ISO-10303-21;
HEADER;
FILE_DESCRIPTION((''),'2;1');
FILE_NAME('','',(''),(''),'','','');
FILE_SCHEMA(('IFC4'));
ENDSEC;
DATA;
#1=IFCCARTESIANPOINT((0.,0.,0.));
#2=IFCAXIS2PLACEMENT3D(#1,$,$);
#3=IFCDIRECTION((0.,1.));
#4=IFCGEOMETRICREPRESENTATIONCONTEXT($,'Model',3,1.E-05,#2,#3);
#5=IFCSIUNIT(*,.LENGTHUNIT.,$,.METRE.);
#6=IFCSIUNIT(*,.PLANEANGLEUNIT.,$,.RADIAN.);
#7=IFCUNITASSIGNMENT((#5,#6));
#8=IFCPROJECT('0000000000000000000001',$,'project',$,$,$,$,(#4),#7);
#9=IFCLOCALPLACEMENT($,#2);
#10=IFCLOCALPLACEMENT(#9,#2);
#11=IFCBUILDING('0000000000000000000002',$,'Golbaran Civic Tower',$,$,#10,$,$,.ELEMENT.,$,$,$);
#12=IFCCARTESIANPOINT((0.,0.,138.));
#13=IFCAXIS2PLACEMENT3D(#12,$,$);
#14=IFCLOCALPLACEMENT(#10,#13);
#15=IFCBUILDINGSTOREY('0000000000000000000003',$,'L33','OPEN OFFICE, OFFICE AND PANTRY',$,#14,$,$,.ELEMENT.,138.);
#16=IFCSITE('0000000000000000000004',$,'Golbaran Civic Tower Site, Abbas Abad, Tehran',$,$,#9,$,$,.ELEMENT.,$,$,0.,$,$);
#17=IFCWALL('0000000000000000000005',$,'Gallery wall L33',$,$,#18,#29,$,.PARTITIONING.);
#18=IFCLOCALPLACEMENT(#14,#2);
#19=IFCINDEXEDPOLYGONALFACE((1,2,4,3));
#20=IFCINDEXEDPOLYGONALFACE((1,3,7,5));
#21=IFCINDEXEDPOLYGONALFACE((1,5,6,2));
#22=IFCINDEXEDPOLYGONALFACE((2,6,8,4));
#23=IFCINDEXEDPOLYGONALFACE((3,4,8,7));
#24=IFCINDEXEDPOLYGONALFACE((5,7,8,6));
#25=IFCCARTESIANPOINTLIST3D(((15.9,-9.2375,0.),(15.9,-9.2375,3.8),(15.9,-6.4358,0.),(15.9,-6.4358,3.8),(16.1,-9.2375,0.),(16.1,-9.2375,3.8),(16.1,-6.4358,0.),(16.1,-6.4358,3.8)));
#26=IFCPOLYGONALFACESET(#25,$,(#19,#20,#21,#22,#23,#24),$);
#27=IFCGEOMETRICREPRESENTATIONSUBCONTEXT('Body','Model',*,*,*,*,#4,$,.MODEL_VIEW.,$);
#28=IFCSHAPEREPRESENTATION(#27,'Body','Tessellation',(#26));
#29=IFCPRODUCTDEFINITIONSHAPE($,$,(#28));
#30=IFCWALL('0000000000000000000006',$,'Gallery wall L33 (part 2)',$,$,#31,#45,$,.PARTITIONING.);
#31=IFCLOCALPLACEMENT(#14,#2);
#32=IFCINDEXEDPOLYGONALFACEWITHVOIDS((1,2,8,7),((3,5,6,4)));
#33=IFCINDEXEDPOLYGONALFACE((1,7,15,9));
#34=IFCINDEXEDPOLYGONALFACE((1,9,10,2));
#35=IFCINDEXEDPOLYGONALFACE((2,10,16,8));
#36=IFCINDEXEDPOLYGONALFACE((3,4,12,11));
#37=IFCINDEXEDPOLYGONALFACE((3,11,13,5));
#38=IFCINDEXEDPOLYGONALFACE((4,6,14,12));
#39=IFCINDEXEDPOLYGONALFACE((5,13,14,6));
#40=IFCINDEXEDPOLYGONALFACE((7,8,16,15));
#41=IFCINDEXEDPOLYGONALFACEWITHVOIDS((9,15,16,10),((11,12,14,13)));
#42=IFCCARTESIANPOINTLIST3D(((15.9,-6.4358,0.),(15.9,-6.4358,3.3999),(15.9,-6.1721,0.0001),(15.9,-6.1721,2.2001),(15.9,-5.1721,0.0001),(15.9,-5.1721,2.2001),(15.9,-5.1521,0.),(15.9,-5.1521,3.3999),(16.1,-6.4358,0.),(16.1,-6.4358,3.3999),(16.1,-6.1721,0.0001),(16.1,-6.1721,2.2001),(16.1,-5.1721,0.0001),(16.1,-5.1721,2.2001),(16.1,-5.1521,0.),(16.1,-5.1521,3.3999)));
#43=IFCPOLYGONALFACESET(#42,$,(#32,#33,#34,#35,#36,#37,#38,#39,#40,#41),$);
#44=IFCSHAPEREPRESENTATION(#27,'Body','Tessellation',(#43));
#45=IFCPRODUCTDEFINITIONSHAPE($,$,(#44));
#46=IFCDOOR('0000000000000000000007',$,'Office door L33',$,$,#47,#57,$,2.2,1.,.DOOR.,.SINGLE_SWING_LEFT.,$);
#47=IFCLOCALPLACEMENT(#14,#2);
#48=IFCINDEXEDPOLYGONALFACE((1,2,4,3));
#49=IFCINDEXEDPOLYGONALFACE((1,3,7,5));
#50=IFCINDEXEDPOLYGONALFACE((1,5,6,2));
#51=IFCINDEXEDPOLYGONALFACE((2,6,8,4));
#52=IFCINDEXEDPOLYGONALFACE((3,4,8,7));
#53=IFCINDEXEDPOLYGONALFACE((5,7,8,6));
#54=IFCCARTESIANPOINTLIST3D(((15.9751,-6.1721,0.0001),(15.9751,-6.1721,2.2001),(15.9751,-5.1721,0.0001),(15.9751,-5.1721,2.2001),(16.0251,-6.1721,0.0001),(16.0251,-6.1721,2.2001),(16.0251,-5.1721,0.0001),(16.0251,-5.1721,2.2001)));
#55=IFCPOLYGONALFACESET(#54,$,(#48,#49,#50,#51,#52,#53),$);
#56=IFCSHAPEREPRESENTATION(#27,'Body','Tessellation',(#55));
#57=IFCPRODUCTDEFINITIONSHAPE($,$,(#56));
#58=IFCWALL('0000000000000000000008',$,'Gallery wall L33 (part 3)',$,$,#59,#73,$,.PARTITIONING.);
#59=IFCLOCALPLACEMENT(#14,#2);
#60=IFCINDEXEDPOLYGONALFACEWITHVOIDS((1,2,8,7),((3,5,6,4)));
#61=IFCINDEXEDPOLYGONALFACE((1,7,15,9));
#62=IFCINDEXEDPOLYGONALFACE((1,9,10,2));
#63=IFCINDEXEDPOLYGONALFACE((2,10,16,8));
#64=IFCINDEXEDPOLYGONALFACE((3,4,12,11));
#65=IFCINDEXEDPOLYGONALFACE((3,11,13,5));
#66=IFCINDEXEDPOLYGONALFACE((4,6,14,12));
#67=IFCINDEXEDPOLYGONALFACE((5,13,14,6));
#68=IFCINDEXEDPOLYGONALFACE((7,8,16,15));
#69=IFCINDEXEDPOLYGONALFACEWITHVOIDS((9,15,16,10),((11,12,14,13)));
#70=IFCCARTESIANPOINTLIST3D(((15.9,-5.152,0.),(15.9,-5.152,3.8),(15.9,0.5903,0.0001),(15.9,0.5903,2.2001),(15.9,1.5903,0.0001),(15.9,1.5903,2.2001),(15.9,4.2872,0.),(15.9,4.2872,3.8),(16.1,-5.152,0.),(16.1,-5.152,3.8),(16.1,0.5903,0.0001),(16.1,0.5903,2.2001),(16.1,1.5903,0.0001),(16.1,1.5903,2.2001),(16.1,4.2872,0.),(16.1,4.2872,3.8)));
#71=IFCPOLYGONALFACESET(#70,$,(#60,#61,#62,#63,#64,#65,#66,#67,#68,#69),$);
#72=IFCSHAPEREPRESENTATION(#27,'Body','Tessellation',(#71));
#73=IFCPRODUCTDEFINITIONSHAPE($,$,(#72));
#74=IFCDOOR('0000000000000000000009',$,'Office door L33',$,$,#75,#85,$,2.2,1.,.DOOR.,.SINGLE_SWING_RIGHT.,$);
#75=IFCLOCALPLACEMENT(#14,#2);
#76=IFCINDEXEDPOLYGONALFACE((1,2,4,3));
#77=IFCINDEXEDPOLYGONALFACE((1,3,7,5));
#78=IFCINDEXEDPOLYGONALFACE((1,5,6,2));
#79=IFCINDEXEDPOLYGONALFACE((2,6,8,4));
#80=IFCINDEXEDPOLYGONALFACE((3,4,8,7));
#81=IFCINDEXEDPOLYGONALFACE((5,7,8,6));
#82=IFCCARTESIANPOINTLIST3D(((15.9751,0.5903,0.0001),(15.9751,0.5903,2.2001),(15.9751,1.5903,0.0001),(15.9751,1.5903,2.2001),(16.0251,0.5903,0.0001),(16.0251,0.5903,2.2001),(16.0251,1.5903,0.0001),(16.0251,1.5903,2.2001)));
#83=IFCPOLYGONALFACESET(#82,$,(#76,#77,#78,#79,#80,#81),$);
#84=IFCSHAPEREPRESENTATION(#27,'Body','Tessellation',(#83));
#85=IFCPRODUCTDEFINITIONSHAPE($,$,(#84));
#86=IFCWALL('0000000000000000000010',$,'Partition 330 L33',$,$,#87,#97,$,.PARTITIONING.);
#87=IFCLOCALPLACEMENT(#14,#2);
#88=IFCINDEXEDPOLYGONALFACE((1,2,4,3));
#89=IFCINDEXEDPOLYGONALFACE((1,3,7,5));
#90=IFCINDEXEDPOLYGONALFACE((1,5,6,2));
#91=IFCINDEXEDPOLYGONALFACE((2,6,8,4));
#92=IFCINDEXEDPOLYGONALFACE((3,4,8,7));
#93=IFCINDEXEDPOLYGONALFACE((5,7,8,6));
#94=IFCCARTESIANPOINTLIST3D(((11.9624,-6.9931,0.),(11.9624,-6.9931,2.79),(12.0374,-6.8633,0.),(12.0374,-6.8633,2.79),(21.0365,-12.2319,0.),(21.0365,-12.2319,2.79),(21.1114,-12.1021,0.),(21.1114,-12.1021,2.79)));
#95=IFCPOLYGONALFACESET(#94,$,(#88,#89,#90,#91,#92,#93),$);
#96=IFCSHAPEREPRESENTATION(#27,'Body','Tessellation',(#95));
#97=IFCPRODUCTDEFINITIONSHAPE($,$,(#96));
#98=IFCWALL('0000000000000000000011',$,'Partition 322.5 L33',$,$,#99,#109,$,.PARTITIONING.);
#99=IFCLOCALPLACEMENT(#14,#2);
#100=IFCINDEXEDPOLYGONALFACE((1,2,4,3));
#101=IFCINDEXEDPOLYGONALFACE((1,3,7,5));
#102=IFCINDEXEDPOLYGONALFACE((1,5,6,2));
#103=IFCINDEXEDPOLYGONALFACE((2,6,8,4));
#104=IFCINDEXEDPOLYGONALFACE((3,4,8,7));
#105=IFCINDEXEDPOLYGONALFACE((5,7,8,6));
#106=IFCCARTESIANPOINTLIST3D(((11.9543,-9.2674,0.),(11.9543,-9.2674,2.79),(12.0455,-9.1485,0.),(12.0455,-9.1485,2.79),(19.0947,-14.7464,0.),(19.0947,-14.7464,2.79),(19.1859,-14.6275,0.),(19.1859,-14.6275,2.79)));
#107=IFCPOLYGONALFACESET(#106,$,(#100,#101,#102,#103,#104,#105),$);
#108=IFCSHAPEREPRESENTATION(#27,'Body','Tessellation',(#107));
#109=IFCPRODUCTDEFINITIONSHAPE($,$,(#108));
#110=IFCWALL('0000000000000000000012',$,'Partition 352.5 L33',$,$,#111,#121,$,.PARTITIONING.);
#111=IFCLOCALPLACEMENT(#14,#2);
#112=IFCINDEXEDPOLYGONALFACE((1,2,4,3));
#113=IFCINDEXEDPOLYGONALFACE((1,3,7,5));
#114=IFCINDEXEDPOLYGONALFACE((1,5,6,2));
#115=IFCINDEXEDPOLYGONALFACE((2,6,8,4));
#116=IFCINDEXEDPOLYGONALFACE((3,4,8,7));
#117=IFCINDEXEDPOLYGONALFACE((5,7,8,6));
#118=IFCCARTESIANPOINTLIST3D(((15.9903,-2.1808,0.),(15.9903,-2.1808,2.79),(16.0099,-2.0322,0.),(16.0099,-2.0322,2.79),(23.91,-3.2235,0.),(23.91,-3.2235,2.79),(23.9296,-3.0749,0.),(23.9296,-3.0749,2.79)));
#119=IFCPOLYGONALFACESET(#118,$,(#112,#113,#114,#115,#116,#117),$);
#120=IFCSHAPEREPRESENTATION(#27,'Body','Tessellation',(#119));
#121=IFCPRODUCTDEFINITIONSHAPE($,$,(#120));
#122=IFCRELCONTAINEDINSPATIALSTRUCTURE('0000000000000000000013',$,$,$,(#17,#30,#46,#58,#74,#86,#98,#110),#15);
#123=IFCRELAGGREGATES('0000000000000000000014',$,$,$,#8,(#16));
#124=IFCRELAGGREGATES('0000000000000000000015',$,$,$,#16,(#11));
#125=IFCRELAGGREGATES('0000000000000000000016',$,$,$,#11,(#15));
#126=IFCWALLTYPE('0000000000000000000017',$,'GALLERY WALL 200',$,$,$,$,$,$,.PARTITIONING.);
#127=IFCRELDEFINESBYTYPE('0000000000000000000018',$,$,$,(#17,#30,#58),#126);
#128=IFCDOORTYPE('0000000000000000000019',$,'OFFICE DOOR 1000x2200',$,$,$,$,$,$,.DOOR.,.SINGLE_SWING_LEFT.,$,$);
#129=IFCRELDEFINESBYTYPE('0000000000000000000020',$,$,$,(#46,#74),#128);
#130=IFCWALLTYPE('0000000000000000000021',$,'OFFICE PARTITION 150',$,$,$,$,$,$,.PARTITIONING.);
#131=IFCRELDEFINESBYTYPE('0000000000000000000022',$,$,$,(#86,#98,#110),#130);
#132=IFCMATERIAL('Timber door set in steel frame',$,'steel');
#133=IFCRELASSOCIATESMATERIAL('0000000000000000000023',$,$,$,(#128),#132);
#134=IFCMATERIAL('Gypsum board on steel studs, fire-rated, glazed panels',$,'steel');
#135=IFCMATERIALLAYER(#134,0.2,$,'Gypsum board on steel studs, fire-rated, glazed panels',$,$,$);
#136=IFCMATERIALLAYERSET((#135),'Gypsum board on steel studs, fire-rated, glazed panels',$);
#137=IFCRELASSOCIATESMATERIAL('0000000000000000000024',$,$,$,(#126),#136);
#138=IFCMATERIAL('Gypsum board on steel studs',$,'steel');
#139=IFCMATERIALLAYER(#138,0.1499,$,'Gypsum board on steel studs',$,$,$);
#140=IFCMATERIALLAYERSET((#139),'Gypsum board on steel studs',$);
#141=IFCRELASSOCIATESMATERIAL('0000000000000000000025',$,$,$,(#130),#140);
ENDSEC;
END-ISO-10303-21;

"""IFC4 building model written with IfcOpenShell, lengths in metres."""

from ifc_helpers import new_model, si_unit, direction, frame, frame_2d, origin, place, context, subcontext, project, spatial, rectangle, extrude, material, layer, layer_set, type_object, element, fill, save


model = new_model("IFC4")

# Units and contexts
model_context = context("Model", 3, precision=1e-05, world=origin(), true_north=direction((0.0, 1.0)))
body_context = subcontext(model_context, "Body", "Model", "MODEL_VIEW")
ifc_project = project(units=[si_unit("LENGTHUNIT", "METRE"), si_unit("PLANEANGLEUNIT", "RADIAN")], contexts=[model_context])

# Site, building, storey
site_placement = place(None, origin())
site = spatial("IfcSite", under=ifc_project, at=site_placement, Name="Golbaran Civic Tower Site, Abbas Abad, Tehran", CompositionType="ELEMENT", RefElevation=0.0)
building_placement = place(site_placement, origin())
building = spatial("IfcBuilding", under=site, at=building_placement, Name="Golbaran Civic Tower", CompositionType="ELEMENT")
storey_placement = place(building_placement, frame((0.0, 0.0, 138.0)))
storey = spatial("IfcBuildingStorey", under=building, at=storey_placement, Name="L33", Description="OPEN OFFICE, OFFICE AND PANTRY", CompositionType="ELEMENT", Elevation=138.0)

# Shared definitions
ifc_material_1 = material(Name="Timber door set in steel frame", Category="steel")

# Shared definitions
door_type_1 = type_object("IfcDoorType", Name="OFFICE DOOR 1000x2200", OperationType="SINGLE_SWING_LEFT", PredefinedType="DOOR", material=ifc_material_1)

# Wall
ifc_material_2 = material(Name="Gypsum board on steel studs, fire-rated, glazed panels", Category="steel")
ifc_layer_1 = layer(ifc_material_2, 0.2, Name="Gypsum board on steel studs, fire-rated, glazed panels")
ifc_layer_set_1 = layer_set([ifc_layer_1], Name="Gypsum board on steel studs, fire-rated, glazed panels")
wall_type_1 = type_object("IfcWallType", Name="GALLERY WALL 200", PredefinedType="PARTITIONING", material=ifc_layer_set_1)
wall_1_placement = place(storey_placement, frame((16.0, -9.2375, 0.0), z_axis=(0.0, 0.0, 1.0), x_axis=(0.0, 1.0, 0.0)))
element("IfcWall", 1, at=wall_1_placement, inside=storey, type_object=wall_type_1, Name="Gallery wall L33", PredefinedType="PARTITIONING", context=body_context, shape_type="SweptSolid", body=[
    extrude(rectangle(XDim=2.8018, YDim=0.2, at=frame_2d((1.4009, 0.0))), origin(), (0.0, 0.0, 1.0), 3.8),
])

# Walls, openings, doors
wall_2_placement = place(storey_placement, frame((16.0, -6.4358, 0.0), z_axis=(0.0, 0.0, 1.0), x_axis=(0.0, 1.0, 0.0)))
wall_2 = element("IfcWall", 2, at=wall_2_placement, inside=storey, type_object=wall_type_1, Name="Gallery wall L33 (part 2)", PredefinedType="PARTITIONING", context=body_context, shape_type="SweptSolid", body=[
    extrude(rectangle(XDim=1.2837, YDim=0.2, at=frame_2d((0.6418, 0.0))), origin(), (0.0, 0.0, 1.0), 3.3999),
])
opening_1_placement = place(wall_2_placement, frame((0.2637, 0.0, 0.0)))
opening_1 = element("IfcOpeningElement", 3, at=opening_1_placement, cuts=wall_2, PredefinedType="OPENING", context=body_context, shape_type="SweptSolid", body=[
    extrude(rectangle(XDim=1.0, YDim=2.2, at=frame_2d((0.5, 1.1001))), frame((0.0, 0.1099, 0.0), z_axis=(0.0, -1.0, 0.0), x_axis=(1.0, 0.0, 0.0)), (0.0, 0.0, 1.0), 0.22),
])
door_1_placement = place(opening_1_placement, origin())
door_1 = element("IfcDoor", 4, at=door_1_placement, inside=storey, type_object=door_type_1, Name="Office door L33", OperationType="SINGLE_SWING_LEFT", OverallHeight=2.2, OverallWidth=1.0, PredefinedType="DOOR", context=body_context, shape_type="SweptSolid", body=[
    extrude(rectangle(XDim=1.0, YDim=2.2, at=frame_2d((0.5, 1.1001))), frame((0.0, 0.0249, 0.0), z_axis=(0.0, -1.0, 0.0), x_axis=(1.0, 0.0, 0.0)), (0.0, 0.0, 1.0), 0.05),
])
fill(opening_1, door_1)
wall_3_placement = place(storey_placement, frame((16.0, -5.1521, 0.0), z_axis=(0.0, 0.0, 1.0), x_axis=(0.0, 1.0, 0.0)))
wall_3 = element("IfcWall", 5, at=wall_3_placement, inside=storey, type_object=wall_type_1, Name="Gallery wall L33 (part 3)", PredefinedType="PARTITIONING", context=body_context, shape_type="SweptSolid", body=[
    extrude(rectangle(XDim=9.4392, YDim=0.2, at=frame_2d((4.7197, 0.0))), origin(), (0.0, 0.0, 1.0), 3.8),
])
opening_2_placement = place(wall_3_placement, frame((5.7424, 0.0, 0.0)))
opening_2 = element("IfcOpeningElement", 6, at=opening_2_placement, cuts=wall_3, PredefinedType="OPENING", context=body_context, shape_type="SweptSolid", body=[
    extrude(rectangle(XDim=1.0, YDim=2.2, at=frame_2d((0.5, 1.1001))), frame((0.0, 0.1099, 0.0), z_axis=(0.0, -1.0, 0.0), x_axis=(1.0, 0.0, 0.0)), (0.0, 0.0, 1.0), 0.22),
])
door_2_placement = place(opening_2_placement, origin())
door_2 = element("IfcDoor", 7, at=door_2_placement, inside=storey, type_object=door_type_1, Name="Office door L33", OperationType="SINGLE_SWING_RIGHT", OverallHeight=2.2, OverallWidth=1.0, PredefinedType="DOOR", context=body_context, shape_type="SweptSolid", body=[
    extrude(rectangle(XDim=1.0, YDim=2.2, at=frame_2d((0.5, 1.1001))), frame((0.0, 0.0249, 0.0), z_axis=(0.0, -1.0, 0.0), x_axis=(1.0, 0.0, 0.0)), (0.0, 0.0, 1.0), 0.05),
])
fill(opening_2, door_2)

# Walls
ifc_material_3 = material(Name="Gypsum board on steel studs", Category="steel")
ifc_layer_2 = layer(ifc_material_3, 0.1499, Name="Gypsum board on steel studs")
ifc_layer_set_2 = layer_set([ifc_layer_2], Name="Gypsum board on steel studs")
wall_type_2 = type_object("IfcWallType", Name="OFFICE PARTITION 150", PredefinedType="PARTITIONING", material=ifc_layer_set_2)
wall_4_placement = place(storey_placement, frame((12.0, -6.9282, 0.0), z_axis=(0.0, 0.0, 1.0), x_axis=(0.866029, -0.499993, 0.0)))
element("IfcWall", 8, at=wall_4_placement, inside=storey, type_object=wall_type_2, Name="Partition 330 L33", PredefinedType="PARTITIONING", context=body_context, shape_type="SweptSolid", body=[
    extrude(rectangle(XDim=10.4778, YDim=0.1499, at=frame_2d((5.2388, 0.0))), origin(), (0.0, 0.0, 1.0), 2.79),
])
wall_5_placement = place(storey_placement, frame((12.0, -9.208, 0.0), z_axis=(0.0, 0.0, 1.0), x_axis=(0.793354, -0.608761, 0.0)))
element("IfcWall", 9, at=wall_5_placement, inside=storey, type_object=wall_type_2, Name="Partition 322.5 L33", PredefinedType="PARTITIONING", context=body_context, shape_type="SweptSolid", body=[
    extrude(rectangle(XDim=9.0002, YDim=0.1499, at=frame_2d((4.5, 0.0))), origin(), (0.0, 0.0, 1.0), 2.79),
])
wall_6_placement = place(storey_placement, frame((16.0, -2.1064, 0.0), z_axis=(0.0, 0.0, 1.0), x_axis=(0.991444, -0.130536, 0.0)))
element("IfcWall", 10, at=wall_6_placement, inside=storey, type_object=wall_type_2, Name="Partition 352.5 L33", PredefinedType="PARTITIONING", context=body_context, shape_type="SweptSolid", body=[
    extrude(rectangle(XDim=7.988, YDim=0.1499, at=frame_2d((3.9941, 0.0))), origin(), (0.0, 0.0, 1.0), 2.79),
])

save(model, "model.ifc")
